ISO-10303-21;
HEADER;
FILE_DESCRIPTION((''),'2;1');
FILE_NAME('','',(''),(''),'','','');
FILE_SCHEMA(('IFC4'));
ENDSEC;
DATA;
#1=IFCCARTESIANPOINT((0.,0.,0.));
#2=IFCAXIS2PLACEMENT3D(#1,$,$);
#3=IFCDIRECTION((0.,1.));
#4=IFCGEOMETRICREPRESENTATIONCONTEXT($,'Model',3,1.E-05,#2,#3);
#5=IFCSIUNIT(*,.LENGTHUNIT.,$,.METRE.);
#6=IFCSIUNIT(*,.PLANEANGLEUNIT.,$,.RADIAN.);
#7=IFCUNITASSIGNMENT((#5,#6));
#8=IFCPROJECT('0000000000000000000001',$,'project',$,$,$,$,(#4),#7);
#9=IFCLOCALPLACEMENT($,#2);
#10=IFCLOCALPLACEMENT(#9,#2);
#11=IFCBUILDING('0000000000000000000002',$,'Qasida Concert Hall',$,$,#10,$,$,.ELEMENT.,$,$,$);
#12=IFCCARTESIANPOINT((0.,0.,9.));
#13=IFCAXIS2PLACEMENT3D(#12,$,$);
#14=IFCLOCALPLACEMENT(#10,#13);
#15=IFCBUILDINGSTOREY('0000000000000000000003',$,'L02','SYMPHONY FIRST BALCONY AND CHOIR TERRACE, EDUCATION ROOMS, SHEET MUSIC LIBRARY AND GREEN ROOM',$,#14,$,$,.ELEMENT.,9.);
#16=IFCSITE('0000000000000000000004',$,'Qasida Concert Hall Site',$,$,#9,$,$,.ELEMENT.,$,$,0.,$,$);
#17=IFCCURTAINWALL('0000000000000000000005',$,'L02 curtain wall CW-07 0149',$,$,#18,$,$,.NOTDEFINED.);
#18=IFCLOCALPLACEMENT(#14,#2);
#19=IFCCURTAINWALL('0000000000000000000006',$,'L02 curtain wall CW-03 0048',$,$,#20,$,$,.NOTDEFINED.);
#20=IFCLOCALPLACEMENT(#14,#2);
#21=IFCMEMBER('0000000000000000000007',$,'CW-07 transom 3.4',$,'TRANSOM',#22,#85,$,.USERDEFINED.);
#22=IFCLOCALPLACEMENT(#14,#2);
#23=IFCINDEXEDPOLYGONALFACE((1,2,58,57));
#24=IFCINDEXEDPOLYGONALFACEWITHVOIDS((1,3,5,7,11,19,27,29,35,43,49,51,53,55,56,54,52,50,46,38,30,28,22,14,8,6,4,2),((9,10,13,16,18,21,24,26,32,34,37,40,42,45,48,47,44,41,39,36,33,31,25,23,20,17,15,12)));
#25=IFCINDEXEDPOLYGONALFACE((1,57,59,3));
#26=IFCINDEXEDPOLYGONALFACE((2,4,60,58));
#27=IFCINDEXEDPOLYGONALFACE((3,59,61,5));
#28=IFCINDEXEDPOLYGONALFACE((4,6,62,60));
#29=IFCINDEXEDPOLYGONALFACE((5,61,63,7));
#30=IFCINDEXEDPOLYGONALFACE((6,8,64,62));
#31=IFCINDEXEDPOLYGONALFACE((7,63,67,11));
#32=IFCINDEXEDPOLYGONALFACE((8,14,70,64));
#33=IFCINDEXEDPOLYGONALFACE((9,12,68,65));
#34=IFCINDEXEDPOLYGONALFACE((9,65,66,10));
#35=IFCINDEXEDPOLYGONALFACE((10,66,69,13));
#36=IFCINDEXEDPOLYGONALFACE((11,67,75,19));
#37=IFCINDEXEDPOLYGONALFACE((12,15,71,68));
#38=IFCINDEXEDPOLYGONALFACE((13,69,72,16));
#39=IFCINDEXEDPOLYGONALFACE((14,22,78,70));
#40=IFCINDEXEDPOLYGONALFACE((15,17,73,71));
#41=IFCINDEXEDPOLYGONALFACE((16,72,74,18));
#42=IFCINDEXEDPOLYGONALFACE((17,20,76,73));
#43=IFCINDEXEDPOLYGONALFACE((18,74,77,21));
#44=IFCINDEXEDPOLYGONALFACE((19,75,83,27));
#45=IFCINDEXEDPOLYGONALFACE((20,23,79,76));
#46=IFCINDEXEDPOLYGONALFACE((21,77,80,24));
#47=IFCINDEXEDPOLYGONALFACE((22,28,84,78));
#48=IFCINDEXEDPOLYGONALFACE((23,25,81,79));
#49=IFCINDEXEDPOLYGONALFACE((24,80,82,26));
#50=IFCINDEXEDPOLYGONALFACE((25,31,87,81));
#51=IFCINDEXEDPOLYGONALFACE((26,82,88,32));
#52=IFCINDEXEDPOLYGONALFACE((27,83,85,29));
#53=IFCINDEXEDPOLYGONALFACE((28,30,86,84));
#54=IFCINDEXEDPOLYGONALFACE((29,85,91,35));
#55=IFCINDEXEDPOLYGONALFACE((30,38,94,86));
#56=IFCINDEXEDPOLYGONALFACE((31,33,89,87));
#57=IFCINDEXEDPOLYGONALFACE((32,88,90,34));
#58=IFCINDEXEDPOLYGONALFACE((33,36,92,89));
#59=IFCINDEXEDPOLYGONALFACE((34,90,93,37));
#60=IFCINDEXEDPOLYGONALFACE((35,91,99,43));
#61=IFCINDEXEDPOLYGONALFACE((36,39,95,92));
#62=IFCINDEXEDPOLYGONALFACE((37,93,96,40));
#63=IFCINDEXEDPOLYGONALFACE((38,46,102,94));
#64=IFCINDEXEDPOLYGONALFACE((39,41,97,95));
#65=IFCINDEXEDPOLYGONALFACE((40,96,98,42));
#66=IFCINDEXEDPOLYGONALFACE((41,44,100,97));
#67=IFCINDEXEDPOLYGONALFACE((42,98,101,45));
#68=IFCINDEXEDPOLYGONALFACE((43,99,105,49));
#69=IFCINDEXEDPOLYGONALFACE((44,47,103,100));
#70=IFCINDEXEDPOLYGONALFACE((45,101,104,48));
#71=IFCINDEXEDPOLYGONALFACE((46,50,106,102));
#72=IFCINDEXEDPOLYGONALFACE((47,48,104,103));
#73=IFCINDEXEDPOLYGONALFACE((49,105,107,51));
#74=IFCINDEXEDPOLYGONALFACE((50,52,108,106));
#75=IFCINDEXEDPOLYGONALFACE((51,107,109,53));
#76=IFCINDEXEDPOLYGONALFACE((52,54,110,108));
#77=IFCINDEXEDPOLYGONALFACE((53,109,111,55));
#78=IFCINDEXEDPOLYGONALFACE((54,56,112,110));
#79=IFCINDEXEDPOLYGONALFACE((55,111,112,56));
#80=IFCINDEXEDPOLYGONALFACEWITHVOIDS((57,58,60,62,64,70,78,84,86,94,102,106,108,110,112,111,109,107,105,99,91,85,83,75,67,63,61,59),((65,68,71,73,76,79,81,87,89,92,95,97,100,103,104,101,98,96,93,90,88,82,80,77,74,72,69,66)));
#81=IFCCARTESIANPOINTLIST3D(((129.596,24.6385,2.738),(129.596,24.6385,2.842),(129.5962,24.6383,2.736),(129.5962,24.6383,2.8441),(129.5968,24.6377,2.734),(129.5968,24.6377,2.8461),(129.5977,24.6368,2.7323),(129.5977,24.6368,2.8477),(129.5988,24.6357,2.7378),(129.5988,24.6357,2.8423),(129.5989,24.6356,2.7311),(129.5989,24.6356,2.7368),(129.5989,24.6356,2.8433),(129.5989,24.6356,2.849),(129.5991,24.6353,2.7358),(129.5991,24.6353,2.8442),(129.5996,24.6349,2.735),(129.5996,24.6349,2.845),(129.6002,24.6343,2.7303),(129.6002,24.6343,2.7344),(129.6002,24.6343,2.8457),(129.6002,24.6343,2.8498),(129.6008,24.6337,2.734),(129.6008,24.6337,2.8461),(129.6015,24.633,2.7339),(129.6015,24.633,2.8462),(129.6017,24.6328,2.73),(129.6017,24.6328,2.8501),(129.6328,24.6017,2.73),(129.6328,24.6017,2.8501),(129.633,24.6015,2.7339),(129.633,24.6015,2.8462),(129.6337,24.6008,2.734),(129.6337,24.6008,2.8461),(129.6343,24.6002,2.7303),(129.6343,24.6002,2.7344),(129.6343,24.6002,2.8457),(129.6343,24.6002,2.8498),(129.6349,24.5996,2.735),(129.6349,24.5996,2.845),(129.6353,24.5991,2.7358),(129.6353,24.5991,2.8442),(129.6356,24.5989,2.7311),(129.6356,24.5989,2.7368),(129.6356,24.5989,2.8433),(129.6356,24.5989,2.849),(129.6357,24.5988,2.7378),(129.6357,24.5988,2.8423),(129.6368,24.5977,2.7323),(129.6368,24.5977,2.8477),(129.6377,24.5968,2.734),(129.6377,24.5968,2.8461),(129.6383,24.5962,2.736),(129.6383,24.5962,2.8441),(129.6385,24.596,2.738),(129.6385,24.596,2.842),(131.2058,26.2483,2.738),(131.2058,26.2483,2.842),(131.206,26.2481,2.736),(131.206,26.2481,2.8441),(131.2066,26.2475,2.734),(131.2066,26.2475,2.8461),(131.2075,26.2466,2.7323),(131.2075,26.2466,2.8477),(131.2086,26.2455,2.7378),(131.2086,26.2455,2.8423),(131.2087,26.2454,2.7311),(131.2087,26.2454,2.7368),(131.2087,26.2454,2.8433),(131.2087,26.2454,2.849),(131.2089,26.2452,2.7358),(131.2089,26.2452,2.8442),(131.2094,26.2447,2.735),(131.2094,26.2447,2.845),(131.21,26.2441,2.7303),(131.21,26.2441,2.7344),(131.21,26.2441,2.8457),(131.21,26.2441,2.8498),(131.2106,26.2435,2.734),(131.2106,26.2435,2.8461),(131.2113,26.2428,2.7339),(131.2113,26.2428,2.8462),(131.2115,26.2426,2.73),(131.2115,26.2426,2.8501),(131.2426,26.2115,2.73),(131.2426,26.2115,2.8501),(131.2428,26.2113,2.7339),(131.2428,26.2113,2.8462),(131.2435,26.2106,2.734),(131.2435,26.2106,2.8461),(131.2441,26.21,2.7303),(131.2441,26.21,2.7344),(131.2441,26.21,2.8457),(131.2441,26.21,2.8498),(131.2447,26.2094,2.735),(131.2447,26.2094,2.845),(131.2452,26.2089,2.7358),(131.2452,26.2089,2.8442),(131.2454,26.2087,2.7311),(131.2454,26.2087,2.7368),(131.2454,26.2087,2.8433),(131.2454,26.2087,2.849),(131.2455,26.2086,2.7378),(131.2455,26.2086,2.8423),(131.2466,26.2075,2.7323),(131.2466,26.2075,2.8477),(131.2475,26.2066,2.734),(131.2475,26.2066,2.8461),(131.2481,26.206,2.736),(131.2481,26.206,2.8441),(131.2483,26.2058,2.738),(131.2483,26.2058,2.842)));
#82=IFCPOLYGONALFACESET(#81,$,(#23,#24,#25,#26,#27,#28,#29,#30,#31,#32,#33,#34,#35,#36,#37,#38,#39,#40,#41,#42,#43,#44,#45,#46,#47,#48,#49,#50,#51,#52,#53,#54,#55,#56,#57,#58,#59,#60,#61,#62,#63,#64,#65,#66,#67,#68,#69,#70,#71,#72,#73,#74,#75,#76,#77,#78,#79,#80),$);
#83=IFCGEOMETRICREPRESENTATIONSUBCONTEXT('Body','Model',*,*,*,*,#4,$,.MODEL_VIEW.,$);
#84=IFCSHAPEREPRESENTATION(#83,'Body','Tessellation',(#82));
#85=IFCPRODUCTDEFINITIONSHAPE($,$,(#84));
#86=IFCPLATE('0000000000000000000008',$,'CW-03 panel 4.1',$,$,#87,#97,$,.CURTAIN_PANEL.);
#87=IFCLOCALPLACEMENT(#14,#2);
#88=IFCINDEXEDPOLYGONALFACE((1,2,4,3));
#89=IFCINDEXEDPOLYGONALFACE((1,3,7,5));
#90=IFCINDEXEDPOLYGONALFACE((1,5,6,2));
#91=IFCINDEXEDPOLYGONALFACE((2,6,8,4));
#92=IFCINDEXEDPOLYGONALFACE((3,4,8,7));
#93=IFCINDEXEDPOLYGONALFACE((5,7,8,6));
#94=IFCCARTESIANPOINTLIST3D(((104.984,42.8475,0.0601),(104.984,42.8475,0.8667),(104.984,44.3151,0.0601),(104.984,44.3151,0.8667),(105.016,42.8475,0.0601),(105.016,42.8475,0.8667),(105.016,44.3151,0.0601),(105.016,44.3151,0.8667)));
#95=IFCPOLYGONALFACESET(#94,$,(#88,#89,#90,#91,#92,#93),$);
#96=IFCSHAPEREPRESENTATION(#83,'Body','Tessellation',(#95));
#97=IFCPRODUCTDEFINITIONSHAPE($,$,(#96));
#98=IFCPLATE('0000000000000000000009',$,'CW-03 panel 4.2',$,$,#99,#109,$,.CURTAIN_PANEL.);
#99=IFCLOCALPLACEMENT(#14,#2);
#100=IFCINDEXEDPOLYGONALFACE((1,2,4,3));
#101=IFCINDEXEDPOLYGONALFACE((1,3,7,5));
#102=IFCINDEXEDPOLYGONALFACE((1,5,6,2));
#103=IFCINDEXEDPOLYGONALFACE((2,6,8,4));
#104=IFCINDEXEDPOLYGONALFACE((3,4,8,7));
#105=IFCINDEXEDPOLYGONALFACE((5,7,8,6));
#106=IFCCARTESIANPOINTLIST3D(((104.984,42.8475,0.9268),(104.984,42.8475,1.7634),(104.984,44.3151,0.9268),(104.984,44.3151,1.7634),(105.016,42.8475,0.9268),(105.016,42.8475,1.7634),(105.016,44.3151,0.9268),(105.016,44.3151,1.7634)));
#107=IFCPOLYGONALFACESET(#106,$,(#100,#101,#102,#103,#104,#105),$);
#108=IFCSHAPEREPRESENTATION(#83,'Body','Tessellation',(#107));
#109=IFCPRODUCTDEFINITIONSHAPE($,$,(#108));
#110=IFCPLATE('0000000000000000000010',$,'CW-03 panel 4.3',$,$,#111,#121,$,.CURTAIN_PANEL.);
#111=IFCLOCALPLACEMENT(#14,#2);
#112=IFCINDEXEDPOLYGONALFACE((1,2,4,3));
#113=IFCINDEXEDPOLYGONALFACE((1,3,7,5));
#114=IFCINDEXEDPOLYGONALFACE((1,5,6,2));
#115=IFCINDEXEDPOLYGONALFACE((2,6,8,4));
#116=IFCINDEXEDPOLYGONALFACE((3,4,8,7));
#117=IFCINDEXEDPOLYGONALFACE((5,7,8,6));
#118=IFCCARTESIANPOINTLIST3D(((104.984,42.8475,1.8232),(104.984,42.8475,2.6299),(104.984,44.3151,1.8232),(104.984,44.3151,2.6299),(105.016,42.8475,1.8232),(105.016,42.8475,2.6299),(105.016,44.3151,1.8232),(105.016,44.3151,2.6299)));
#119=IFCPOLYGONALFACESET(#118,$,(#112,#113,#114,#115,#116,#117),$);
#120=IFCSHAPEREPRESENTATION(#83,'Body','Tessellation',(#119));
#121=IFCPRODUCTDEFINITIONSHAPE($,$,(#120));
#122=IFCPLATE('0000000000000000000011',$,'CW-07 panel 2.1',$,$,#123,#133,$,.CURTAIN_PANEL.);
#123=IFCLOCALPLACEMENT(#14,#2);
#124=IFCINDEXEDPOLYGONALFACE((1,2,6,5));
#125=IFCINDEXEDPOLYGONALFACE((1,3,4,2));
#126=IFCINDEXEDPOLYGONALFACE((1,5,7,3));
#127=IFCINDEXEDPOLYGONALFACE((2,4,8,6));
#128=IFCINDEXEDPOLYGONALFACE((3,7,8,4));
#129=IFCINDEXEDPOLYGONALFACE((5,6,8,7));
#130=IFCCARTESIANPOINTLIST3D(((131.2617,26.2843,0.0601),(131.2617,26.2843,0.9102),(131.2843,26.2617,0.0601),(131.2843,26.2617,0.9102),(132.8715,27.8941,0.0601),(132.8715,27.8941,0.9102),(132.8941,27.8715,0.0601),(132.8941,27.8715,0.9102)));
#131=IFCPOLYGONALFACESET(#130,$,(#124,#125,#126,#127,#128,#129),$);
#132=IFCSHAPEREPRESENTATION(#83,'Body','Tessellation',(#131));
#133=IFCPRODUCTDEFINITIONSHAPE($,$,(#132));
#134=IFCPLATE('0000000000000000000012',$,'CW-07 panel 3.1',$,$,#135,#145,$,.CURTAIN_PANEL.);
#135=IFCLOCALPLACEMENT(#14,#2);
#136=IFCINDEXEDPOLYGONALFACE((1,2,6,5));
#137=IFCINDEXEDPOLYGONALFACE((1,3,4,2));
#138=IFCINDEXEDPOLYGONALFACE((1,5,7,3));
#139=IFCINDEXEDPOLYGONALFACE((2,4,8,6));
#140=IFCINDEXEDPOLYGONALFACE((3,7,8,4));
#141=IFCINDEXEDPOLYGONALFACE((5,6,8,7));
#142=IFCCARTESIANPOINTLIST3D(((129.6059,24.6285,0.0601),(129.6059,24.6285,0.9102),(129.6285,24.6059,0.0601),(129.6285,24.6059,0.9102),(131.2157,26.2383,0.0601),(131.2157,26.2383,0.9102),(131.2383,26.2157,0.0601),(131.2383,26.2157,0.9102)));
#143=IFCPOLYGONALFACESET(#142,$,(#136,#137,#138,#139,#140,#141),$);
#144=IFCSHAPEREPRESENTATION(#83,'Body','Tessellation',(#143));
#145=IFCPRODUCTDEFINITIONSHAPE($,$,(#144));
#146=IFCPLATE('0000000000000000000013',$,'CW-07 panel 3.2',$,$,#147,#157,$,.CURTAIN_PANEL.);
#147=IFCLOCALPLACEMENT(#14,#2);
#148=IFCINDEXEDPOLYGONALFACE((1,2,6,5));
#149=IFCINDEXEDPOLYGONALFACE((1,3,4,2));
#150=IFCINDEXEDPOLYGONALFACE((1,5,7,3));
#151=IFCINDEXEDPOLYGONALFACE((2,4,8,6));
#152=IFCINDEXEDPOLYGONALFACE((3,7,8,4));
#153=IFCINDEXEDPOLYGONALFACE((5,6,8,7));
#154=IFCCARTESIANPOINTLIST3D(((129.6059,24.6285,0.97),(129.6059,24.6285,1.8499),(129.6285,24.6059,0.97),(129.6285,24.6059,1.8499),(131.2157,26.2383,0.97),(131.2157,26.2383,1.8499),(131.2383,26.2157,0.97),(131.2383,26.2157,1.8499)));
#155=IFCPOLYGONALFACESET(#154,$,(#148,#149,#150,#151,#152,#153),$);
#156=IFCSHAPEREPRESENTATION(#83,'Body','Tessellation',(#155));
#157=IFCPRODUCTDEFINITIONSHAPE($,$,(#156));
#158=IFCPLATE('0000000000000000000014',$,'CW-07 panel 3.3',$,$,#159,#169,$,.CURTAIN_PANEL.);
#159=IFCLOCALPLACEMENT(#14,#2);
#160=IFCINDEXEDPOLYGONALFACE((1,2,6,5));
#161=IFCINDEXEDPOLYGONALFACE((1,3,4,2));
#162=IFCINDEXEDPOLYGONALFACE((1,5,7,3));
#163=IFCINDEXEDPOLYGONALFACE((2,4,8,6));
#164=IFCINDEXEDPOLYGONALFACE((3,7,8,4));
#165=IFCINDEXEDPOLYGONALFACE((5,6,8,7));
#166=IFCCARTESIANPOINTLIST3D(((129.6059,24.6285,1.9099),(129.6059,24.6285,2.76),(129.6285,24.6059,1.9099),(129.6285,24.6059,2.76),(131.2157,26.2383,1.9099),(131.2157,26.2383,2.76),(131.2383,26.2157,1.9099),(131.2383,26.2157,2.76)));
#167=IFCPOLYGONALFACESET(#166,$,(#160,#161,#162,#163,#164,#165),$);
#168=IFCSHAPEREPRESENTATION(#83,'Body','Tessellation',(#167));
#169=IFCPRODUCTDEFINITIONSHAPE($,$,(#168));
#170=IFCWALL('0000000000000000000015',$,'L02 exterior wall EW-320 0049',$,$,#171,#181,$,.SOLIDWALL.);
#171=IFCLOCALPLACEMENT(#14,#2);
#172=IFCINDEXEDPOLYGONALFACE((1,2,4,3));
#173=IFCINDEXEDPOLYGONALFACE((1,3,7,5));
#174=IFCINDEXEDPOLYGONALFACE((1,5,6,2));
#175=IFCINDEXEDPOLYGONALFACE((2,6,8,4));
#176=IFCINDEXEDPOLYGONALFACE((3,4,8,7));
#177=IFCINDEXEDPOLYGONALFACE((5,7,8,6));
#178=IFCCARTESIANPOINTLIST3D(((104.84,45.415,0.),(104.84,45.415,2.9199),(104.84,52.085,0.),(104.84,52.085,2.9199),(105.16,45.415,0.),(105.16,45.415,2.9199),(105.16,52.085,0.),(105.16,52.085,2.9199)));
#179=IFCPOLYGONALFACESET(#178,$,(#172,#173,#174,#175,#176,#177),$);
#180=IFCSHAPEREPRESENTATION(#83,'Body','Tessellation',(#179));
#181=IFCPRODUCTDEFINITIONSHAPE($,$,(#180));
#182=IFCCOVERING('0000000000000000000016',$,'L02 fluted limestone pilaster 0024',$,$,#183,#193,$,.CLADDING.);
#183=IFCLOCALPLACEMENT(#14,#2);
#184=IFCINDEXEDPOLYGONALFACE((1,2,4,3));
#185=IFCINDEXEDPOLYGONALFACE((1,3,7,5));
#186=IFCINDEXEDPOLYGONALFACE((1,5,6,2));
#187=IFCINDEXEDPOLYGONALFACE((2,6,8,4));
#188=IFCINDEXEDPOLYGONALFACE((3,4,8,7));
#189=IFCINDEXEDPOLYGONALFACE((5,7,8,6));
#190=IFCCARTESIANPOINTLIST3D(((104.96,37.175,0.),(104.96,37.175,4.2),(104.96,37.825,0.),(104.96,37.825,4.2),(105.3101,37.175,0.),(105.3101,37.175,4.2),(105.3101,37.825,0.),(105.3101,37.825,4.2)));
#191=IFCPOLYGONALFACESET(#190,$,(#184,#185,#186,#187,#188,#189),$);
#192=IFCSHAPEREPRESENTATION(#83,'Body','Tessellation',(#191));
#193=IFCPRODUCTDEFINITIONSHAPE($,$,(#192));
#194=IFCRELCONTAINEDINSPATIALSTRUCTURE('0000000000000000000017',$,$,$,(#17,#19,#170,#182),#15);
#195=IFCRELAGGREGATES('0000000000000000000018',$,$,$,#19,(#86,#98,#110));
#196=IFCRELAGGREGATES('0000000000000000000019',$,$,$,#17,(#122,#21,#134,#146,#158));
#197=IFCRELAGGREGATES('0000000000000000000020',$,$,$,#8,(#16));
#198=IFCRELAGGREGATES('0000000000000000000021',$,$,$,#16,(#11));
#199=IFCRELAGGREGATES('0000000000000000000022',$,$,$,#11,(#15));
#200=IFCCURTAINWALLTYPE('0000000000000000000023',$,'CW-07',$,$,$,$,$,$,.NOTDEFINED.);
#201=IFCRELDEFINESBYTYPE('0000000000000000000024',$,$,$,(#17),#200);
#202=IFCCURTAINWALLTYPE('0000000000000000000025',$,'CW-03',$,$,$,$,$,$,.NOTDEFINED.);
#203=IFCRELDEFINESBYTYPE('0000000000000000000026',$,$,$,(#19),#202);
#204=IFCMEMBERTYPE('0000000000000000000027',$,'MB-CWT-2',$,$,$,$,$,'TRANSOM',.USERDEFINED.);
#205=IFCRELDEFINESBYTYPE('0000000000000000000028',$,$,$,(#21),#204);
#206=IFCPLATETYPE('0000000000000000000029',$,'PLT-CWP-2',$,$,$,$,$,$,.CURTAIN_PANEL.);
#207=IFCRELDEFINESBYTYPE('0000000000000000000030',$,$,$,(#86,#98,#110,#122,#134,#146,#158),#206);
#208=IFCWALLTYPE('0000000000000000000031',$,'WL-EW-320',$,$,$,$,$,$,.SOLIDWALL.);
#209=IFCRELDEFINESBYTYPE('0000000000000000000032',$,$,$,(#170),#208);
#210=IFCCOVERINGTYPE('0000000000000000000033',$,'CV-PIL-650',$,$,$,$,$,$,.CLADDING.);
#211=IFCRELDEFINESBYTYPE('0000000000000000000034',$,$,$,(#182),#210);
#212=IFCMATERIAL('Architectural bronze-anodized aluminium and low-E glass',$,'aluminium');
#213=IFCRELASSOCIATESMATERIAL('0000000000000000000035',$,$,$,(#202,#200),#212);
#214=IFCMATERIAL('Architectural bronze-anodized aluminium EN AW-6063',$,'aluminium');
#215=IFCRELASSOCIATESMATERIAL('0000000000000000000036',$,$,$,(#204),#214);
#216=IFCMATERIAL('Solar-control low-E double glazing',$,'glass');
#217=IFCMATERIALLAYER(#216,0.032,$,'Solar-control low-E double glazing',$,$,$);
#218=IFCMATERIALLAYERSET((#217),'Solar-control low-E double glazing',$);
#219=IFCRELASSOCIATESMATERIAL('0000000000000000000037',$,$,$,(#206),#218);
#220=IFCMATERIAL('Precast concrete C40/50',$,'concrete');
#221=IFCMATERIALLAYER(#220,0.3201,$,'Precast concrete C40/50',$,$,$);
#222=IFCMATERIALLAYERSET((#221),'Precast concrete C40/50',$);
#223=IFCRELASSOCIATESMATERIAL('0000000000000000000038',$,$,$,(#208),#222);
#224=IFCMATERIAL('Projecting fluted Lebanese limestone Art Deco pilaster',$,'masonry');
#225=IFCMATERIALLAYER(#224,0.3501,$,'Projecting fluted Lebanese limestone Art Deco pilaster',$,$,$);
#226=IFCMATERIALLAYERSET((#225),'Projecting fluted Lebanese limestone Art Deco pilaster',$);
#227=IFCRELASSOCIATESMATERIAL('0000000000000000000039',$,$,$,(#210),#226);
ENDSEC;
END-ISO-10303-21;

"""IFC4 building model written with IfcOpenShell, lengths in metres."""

from ifc_helpers import new_model, si_unit, direction, frame, frame_2d, origin, origin_2d, place, context, subcontext, project, spatial, rectangle, hollow_rectangle, extrude, material, layer, layer_set, material_profile, profile_set, type_object, element, aggregate, save


model = new_model("IFC4")

# Units and contexts
model_context = context("Model", 3, precision=1e-05, world=origin(), true_north=direction((0.0, 1.0)))
body_context = subcontext(model_context, "Body", "Model", "MODEL_VIEW")
ifc_project = project(units=[si_unit("LENGTHUNIT", "METRE"), si_unit("PLANEANGLEUNIT", "RADIAN")], contexts=[model_context])

# Site, building, storey
site_placement = place(None, origin())
site = spatial("IfcSite", under=ifc_project, at=site_placement, Name="Qasida Concert Hall Site", CompositionType="ELEMENT", RefElevation=0.0)
building_placement = place(site_placement, origin())
building = spatial("IfcBuilding", under=site, at=building_placement, Name="Qasida Concert Hall", CompositionType="ELEMENT")
storey_placement = place(building_placement, frame((0.0, 0.0, 9.0)))
storey = spatial("IfcBuildingStorey", under=building, at=storey_placement, Name="L02", Description="SYMPHONY FIRST BALCONY AND CHOIR TERRACE, EDUCATION ROOMS, SHEET MUSIC LIBRARY AND GREEN ROOM", CompositionType="ELEMENT", Elevation=9.0)

# Curtain wall
ifc_material_1 = material(Name="Architectural bronze-anodized aluminium and low-E glass", Category="aluminium")
curtain_wall_type_1 = type_object("IfcCurtainWallType", Name="CW-03", PredefinedType="NOTDEFINED", material=ifc_material_1)
ifc_material_2 = material(Name="Architectural bronze-anodized aluminium EN AW-6063", Category="aluminium")
curtain_wall_type_2 = type_object("IfcCurtainWallType", Name="CW-07", PredefinedType="NOTDEFINED", material=ifc_material_1)
curtain_wall_1_placement = place(storey_placement, origin())
curtain_wall_1 = element("IfcCurtainWall", 1, at=curtain_wall_1_placement, inside=storey, type_object=curtain_wall_type_2, Name="L02 curtain wall CW-07 0149", PredefinedType="NOTDEFINED")

# Curtain wall
curtain_wall_2_placement = place(storey_placement, origin())
curtain_wall_2 = element("IfcCurtainWall", 2, at=curtain_wall_2_placement, inside=storey, type_object=curtain_wall_type_1, Name="L02 curtain wall CW-03 0048", PredefinedType="NOTDEFINED")
ifc_material_profile_1 = material_profile(ifc_material_2, hollow_rectangle(XDim=0.0601, YDim=0.1201, WallThickness=0.0039, InnerFilletRadius=0.0039, OuterFilletRadius=0.0081, at=origin_2d()), Name="CWT 120x60x4")
ifc_profile_set_1 = profile_set([ifc_material_profile_1], Name="Architectural bronze-anodized aluminium EN AW-6063")
member_type_1 = type_object("IfcMemberType", Name="MB-CWT-2", ElementType="TRANSOM", PredefinedType="USERDEFINED", material=ifc_profile_set_1)

# Member
member_1_placement = place(storey_placement, frame((131.2271, 26.2271, 2.79), z_axis=(-0.707107, -0.707107, 0.0), x_axis=(0.707107, -0.707107, 0.0)))
member_1 = element("IfcMember", 3, at=member_1_placement, type_object=member_type_1, Name="CW-07 transom 3.4", ObjectType="TRANSOM", PredefinedType="USERDEFINED", context=body_context, shape_type="SweptSolid", body=[
    extrude(hollow_rectangle(XDim=0.0601, YDim=0.1201, WallThickness=0.0039, InnerFilletRadius=0.0039, OuterFilletRadius=0.0081, at=origin_2d()), origin(), (0.0, 0.0, 1.0), 2.2766),
])

# Plates
ifc_material_3 = material(Name="Solar-control low-E double glazing", Category="glass")
ifc_layer_1 = layer(ifc_material_3, 0.032, Name="Solar-control low-E double glazing")
ifc_layer_set_1 = layer_set([ifc_layer_1], Name="Solar-control low-E double glazing")
plate_type = type_object("IfcPlateType", Name="PLT-CWP-2", PredefinedType="CURTAIN_PANEL", material=ifc_layer_set_1)
plate_1_placement = place(storey_placement, frame((105.0, 43.5813, 0.0601), z_axis=(0.0, 0.0, 1.0), x_axis=(0.0, 1.0, 0.0)))
plate_1 = element("IfcPlate", 4, at=plate_1_placement, type_object=plate_type, Name="CW-03 panel 4.1", PredefinedType="CURTAIN_PANEL", context=body_context, shape_type="SweptSolid", body=[
    extrude(rectangle(XDim=1.4675, YDim=0.032, at=origin_2d()), origin(), (0.0, 0.0, 1.0), 0.8066),
])
plate_2_placement = place(storey_placement, frame((105.0, 43.5813, 0.9268), z_axis=(0.0, 0.0, 1.0), x_axis=(0.0, 1.0, 0.0)))
plate_2 = element("IfcPlate", 5, at=plate_2_placement, type_object=plate_type, Name="CW-03 panel 4.2", PredefinedType="CURTAIN_PANEL", context=body_context, shape_type="SweptSolid", body=[
    extrude(rectangle(XDim=1.4675, YDim=0.032, at=origin_2d()), origin(), (0.0, 0.0, 1.0), 0.8367),
])
plate_3_placement = place(storey_placement, frame((105.0, 43.5813, 1.8232), z_axis=(0.0, 0.0, 1.0), x_axis=(0.0, 1.0, 0.0)))
plate_3 = element("IfcPlate", 6, at=plate_3_placement, type_object=plate_type, Name="CW-03 panel 4.3", PredefinedType="CURTAIN_PANEL", context=body_context, shape_type="SweptSolid", body=[
    extrude(rectangle(XDim=1.4675, YDim=0.032, at=origin_2d()), origin(), (0.0, 0.0, 1.0), 0.8066),
])
aggregate(curtain_wall_2, [plate_1, plate_2, plate_3])
plate_4_placement = place(storey_placement, frame((132.0779, 27.0779, 0.0601), z_axis=(0.0, 0.0, 1.0), x_axis=(-0.707107, -0.707107, 0.0)))
plate_4 = element("IfcPlate", 7, at=plate_4_placement, type_object=plate_type, Name="CW-07 panel 2.1", PredefinedType="CURTAIN_PANEL", context=body_context, shape_type="SweptSolid", body=[
    extrude(rectangle(XDim=2.2766, YDim=0.032, at=origin_2d()), origin(), (0.0, 0.0, 1.0), 0.8501),
])
plate_5_placement = place(storey_placement, frame((130.4221, 25.4221, 0.0601), z_axis=(0.0, 0.0, 1.0), x_axis=(-0.707107, -0.707107, 0.0)))
plate_5 = element("IfcPlate", 8, at=plate_5_placement, type_object=plate_type, Name="CW-07 panel 3.1", PredefinedType="CURTAIN_PANEL", context=body_context, shape_type="SweptSolid", body=[
    extrude(rectangle(XDim=2.2766, YDim=0.032, at=origin_2d()), origin(), (0.0, 0.0, 1.0), 0.8501),
])
plate_6_placement = place(storey_placement, frame((130.4221, 25.4221, 0.97), z_axis=(0.0, 0.0, 1.0), x_axis=(-0.707107, -0.707107, 0.0)))
plate_6 = element("IfcPlate", 9, at=plate_6_placement, type_object=plate_type, Name="CW-07 panel 3.2", PredefinedType="CURTAIN_PANEL", context=body_context, shape_type="SweptSolid", body=[
    extrude(rectangle(XDim=2.2766, YDim=0.032, at=origin_2d()), origin(), (0.0, 0.0, 1.0), 0.8799),
])
plate_7_placement = place(storey_placement, frame((130.4221, 25.4221, 1.9099), z_axis=(0.0, 0.0, 1.0), x_axis=(-0.707107, -0.707107, 0.0)))
plate_7 = element("IfcPlate", 10, at=plate_7_placement, type_object=plate_type, Name="CW-07 panel 3.3", PredefinedType="CURTAIN_PANEL", context=body_context, shape_type="SweptSolid", body=[
    extrude(rectangle(XDim=2.2766, YDim=0.032, at=origin_2d()), origin(), (0.0, 0.0, 1.0), 0.8501),
])
aggregate(curtain_wall_1, [plate_4, member_1, plate_5, plate_6, plate_7])

# Wall
ifc_material_4 = material(Name="Precast concrete C40/50", Category="concrete")
ifc_layer_2 = layer(ifc_material_4, 0.3201, Name="Precast concrete C40/50")
ifc_layer_set_2 = layer_set([ifc_layer_2], Name="Precast concrete C40/50")
wall_type = type_object("IfcWallType", Name="WL-EW-320", PredefinedType="SOLIDWALL", material=ifc_layer_set_2)
wall_placement = place(storey_placement, frame((105.0, 45.415, 0.0), z_axis=(0.0, 0.0, 1.0), x_axis=(0.0, 1.0, 0.0)))
element("IfcWall", 11, at=wall_placement, inside=storey, type_object=wall_type, Name="L02 exterior wall EW-320 0049", PredefinedType="SOLIDWALL", context=body_context, shape_type="SweptSolid", body=[
    extrude(rectangle(XDim=6.6699, YDim=0.3201, at=frame_2d((3.335, 0.0))), origin(), (0.0, 0.0, 1.0), 2.9199),
])

# Covering
ifc_material_5 = material(Name="Projecting fluted Lebanese limestone Art Deco pilaster", Category="masonry")
ifc_layer_3 = layer(ifc_material_5, 0.3501, Name="Projecting fluted Lebanese limestone Art Deco pilaster")
ifc_layer_set_3 = layer_set([ifc_layer_3], Name="Projecting fluted Lebanese limestone Art Deco pilaster")
covering_type = type_object("IfcCoveringType", Name="CV-PIL-650", PredefinedType="CLADDING", material=ifc_layer_set_3)
for number, where, z_axis, x_axis, name in (
    (12, (105.135, 37.5, 0.0), (0.0, 0.0, 1.0), (1.0, 0.0, 0.0), "L02 fluted limestone pilaster 0024"),
):
    element("IfcCovering", number, at=place(storey_placement, frame(where, z_axis=z_axis, x_axis=x_axis)), inside=storey, type_object=covering_type, Name=name, PredefinedType="CLADDING", context=body_context, shape_type="SweptSolid", body=[
        extrude(rectangle(XDim=0.3501, YDim=0.6499, at=origin_2d()), origin(), (0.0, 0.0, 1.0), 4.2),
    ])

save(model, "model.ifc")
